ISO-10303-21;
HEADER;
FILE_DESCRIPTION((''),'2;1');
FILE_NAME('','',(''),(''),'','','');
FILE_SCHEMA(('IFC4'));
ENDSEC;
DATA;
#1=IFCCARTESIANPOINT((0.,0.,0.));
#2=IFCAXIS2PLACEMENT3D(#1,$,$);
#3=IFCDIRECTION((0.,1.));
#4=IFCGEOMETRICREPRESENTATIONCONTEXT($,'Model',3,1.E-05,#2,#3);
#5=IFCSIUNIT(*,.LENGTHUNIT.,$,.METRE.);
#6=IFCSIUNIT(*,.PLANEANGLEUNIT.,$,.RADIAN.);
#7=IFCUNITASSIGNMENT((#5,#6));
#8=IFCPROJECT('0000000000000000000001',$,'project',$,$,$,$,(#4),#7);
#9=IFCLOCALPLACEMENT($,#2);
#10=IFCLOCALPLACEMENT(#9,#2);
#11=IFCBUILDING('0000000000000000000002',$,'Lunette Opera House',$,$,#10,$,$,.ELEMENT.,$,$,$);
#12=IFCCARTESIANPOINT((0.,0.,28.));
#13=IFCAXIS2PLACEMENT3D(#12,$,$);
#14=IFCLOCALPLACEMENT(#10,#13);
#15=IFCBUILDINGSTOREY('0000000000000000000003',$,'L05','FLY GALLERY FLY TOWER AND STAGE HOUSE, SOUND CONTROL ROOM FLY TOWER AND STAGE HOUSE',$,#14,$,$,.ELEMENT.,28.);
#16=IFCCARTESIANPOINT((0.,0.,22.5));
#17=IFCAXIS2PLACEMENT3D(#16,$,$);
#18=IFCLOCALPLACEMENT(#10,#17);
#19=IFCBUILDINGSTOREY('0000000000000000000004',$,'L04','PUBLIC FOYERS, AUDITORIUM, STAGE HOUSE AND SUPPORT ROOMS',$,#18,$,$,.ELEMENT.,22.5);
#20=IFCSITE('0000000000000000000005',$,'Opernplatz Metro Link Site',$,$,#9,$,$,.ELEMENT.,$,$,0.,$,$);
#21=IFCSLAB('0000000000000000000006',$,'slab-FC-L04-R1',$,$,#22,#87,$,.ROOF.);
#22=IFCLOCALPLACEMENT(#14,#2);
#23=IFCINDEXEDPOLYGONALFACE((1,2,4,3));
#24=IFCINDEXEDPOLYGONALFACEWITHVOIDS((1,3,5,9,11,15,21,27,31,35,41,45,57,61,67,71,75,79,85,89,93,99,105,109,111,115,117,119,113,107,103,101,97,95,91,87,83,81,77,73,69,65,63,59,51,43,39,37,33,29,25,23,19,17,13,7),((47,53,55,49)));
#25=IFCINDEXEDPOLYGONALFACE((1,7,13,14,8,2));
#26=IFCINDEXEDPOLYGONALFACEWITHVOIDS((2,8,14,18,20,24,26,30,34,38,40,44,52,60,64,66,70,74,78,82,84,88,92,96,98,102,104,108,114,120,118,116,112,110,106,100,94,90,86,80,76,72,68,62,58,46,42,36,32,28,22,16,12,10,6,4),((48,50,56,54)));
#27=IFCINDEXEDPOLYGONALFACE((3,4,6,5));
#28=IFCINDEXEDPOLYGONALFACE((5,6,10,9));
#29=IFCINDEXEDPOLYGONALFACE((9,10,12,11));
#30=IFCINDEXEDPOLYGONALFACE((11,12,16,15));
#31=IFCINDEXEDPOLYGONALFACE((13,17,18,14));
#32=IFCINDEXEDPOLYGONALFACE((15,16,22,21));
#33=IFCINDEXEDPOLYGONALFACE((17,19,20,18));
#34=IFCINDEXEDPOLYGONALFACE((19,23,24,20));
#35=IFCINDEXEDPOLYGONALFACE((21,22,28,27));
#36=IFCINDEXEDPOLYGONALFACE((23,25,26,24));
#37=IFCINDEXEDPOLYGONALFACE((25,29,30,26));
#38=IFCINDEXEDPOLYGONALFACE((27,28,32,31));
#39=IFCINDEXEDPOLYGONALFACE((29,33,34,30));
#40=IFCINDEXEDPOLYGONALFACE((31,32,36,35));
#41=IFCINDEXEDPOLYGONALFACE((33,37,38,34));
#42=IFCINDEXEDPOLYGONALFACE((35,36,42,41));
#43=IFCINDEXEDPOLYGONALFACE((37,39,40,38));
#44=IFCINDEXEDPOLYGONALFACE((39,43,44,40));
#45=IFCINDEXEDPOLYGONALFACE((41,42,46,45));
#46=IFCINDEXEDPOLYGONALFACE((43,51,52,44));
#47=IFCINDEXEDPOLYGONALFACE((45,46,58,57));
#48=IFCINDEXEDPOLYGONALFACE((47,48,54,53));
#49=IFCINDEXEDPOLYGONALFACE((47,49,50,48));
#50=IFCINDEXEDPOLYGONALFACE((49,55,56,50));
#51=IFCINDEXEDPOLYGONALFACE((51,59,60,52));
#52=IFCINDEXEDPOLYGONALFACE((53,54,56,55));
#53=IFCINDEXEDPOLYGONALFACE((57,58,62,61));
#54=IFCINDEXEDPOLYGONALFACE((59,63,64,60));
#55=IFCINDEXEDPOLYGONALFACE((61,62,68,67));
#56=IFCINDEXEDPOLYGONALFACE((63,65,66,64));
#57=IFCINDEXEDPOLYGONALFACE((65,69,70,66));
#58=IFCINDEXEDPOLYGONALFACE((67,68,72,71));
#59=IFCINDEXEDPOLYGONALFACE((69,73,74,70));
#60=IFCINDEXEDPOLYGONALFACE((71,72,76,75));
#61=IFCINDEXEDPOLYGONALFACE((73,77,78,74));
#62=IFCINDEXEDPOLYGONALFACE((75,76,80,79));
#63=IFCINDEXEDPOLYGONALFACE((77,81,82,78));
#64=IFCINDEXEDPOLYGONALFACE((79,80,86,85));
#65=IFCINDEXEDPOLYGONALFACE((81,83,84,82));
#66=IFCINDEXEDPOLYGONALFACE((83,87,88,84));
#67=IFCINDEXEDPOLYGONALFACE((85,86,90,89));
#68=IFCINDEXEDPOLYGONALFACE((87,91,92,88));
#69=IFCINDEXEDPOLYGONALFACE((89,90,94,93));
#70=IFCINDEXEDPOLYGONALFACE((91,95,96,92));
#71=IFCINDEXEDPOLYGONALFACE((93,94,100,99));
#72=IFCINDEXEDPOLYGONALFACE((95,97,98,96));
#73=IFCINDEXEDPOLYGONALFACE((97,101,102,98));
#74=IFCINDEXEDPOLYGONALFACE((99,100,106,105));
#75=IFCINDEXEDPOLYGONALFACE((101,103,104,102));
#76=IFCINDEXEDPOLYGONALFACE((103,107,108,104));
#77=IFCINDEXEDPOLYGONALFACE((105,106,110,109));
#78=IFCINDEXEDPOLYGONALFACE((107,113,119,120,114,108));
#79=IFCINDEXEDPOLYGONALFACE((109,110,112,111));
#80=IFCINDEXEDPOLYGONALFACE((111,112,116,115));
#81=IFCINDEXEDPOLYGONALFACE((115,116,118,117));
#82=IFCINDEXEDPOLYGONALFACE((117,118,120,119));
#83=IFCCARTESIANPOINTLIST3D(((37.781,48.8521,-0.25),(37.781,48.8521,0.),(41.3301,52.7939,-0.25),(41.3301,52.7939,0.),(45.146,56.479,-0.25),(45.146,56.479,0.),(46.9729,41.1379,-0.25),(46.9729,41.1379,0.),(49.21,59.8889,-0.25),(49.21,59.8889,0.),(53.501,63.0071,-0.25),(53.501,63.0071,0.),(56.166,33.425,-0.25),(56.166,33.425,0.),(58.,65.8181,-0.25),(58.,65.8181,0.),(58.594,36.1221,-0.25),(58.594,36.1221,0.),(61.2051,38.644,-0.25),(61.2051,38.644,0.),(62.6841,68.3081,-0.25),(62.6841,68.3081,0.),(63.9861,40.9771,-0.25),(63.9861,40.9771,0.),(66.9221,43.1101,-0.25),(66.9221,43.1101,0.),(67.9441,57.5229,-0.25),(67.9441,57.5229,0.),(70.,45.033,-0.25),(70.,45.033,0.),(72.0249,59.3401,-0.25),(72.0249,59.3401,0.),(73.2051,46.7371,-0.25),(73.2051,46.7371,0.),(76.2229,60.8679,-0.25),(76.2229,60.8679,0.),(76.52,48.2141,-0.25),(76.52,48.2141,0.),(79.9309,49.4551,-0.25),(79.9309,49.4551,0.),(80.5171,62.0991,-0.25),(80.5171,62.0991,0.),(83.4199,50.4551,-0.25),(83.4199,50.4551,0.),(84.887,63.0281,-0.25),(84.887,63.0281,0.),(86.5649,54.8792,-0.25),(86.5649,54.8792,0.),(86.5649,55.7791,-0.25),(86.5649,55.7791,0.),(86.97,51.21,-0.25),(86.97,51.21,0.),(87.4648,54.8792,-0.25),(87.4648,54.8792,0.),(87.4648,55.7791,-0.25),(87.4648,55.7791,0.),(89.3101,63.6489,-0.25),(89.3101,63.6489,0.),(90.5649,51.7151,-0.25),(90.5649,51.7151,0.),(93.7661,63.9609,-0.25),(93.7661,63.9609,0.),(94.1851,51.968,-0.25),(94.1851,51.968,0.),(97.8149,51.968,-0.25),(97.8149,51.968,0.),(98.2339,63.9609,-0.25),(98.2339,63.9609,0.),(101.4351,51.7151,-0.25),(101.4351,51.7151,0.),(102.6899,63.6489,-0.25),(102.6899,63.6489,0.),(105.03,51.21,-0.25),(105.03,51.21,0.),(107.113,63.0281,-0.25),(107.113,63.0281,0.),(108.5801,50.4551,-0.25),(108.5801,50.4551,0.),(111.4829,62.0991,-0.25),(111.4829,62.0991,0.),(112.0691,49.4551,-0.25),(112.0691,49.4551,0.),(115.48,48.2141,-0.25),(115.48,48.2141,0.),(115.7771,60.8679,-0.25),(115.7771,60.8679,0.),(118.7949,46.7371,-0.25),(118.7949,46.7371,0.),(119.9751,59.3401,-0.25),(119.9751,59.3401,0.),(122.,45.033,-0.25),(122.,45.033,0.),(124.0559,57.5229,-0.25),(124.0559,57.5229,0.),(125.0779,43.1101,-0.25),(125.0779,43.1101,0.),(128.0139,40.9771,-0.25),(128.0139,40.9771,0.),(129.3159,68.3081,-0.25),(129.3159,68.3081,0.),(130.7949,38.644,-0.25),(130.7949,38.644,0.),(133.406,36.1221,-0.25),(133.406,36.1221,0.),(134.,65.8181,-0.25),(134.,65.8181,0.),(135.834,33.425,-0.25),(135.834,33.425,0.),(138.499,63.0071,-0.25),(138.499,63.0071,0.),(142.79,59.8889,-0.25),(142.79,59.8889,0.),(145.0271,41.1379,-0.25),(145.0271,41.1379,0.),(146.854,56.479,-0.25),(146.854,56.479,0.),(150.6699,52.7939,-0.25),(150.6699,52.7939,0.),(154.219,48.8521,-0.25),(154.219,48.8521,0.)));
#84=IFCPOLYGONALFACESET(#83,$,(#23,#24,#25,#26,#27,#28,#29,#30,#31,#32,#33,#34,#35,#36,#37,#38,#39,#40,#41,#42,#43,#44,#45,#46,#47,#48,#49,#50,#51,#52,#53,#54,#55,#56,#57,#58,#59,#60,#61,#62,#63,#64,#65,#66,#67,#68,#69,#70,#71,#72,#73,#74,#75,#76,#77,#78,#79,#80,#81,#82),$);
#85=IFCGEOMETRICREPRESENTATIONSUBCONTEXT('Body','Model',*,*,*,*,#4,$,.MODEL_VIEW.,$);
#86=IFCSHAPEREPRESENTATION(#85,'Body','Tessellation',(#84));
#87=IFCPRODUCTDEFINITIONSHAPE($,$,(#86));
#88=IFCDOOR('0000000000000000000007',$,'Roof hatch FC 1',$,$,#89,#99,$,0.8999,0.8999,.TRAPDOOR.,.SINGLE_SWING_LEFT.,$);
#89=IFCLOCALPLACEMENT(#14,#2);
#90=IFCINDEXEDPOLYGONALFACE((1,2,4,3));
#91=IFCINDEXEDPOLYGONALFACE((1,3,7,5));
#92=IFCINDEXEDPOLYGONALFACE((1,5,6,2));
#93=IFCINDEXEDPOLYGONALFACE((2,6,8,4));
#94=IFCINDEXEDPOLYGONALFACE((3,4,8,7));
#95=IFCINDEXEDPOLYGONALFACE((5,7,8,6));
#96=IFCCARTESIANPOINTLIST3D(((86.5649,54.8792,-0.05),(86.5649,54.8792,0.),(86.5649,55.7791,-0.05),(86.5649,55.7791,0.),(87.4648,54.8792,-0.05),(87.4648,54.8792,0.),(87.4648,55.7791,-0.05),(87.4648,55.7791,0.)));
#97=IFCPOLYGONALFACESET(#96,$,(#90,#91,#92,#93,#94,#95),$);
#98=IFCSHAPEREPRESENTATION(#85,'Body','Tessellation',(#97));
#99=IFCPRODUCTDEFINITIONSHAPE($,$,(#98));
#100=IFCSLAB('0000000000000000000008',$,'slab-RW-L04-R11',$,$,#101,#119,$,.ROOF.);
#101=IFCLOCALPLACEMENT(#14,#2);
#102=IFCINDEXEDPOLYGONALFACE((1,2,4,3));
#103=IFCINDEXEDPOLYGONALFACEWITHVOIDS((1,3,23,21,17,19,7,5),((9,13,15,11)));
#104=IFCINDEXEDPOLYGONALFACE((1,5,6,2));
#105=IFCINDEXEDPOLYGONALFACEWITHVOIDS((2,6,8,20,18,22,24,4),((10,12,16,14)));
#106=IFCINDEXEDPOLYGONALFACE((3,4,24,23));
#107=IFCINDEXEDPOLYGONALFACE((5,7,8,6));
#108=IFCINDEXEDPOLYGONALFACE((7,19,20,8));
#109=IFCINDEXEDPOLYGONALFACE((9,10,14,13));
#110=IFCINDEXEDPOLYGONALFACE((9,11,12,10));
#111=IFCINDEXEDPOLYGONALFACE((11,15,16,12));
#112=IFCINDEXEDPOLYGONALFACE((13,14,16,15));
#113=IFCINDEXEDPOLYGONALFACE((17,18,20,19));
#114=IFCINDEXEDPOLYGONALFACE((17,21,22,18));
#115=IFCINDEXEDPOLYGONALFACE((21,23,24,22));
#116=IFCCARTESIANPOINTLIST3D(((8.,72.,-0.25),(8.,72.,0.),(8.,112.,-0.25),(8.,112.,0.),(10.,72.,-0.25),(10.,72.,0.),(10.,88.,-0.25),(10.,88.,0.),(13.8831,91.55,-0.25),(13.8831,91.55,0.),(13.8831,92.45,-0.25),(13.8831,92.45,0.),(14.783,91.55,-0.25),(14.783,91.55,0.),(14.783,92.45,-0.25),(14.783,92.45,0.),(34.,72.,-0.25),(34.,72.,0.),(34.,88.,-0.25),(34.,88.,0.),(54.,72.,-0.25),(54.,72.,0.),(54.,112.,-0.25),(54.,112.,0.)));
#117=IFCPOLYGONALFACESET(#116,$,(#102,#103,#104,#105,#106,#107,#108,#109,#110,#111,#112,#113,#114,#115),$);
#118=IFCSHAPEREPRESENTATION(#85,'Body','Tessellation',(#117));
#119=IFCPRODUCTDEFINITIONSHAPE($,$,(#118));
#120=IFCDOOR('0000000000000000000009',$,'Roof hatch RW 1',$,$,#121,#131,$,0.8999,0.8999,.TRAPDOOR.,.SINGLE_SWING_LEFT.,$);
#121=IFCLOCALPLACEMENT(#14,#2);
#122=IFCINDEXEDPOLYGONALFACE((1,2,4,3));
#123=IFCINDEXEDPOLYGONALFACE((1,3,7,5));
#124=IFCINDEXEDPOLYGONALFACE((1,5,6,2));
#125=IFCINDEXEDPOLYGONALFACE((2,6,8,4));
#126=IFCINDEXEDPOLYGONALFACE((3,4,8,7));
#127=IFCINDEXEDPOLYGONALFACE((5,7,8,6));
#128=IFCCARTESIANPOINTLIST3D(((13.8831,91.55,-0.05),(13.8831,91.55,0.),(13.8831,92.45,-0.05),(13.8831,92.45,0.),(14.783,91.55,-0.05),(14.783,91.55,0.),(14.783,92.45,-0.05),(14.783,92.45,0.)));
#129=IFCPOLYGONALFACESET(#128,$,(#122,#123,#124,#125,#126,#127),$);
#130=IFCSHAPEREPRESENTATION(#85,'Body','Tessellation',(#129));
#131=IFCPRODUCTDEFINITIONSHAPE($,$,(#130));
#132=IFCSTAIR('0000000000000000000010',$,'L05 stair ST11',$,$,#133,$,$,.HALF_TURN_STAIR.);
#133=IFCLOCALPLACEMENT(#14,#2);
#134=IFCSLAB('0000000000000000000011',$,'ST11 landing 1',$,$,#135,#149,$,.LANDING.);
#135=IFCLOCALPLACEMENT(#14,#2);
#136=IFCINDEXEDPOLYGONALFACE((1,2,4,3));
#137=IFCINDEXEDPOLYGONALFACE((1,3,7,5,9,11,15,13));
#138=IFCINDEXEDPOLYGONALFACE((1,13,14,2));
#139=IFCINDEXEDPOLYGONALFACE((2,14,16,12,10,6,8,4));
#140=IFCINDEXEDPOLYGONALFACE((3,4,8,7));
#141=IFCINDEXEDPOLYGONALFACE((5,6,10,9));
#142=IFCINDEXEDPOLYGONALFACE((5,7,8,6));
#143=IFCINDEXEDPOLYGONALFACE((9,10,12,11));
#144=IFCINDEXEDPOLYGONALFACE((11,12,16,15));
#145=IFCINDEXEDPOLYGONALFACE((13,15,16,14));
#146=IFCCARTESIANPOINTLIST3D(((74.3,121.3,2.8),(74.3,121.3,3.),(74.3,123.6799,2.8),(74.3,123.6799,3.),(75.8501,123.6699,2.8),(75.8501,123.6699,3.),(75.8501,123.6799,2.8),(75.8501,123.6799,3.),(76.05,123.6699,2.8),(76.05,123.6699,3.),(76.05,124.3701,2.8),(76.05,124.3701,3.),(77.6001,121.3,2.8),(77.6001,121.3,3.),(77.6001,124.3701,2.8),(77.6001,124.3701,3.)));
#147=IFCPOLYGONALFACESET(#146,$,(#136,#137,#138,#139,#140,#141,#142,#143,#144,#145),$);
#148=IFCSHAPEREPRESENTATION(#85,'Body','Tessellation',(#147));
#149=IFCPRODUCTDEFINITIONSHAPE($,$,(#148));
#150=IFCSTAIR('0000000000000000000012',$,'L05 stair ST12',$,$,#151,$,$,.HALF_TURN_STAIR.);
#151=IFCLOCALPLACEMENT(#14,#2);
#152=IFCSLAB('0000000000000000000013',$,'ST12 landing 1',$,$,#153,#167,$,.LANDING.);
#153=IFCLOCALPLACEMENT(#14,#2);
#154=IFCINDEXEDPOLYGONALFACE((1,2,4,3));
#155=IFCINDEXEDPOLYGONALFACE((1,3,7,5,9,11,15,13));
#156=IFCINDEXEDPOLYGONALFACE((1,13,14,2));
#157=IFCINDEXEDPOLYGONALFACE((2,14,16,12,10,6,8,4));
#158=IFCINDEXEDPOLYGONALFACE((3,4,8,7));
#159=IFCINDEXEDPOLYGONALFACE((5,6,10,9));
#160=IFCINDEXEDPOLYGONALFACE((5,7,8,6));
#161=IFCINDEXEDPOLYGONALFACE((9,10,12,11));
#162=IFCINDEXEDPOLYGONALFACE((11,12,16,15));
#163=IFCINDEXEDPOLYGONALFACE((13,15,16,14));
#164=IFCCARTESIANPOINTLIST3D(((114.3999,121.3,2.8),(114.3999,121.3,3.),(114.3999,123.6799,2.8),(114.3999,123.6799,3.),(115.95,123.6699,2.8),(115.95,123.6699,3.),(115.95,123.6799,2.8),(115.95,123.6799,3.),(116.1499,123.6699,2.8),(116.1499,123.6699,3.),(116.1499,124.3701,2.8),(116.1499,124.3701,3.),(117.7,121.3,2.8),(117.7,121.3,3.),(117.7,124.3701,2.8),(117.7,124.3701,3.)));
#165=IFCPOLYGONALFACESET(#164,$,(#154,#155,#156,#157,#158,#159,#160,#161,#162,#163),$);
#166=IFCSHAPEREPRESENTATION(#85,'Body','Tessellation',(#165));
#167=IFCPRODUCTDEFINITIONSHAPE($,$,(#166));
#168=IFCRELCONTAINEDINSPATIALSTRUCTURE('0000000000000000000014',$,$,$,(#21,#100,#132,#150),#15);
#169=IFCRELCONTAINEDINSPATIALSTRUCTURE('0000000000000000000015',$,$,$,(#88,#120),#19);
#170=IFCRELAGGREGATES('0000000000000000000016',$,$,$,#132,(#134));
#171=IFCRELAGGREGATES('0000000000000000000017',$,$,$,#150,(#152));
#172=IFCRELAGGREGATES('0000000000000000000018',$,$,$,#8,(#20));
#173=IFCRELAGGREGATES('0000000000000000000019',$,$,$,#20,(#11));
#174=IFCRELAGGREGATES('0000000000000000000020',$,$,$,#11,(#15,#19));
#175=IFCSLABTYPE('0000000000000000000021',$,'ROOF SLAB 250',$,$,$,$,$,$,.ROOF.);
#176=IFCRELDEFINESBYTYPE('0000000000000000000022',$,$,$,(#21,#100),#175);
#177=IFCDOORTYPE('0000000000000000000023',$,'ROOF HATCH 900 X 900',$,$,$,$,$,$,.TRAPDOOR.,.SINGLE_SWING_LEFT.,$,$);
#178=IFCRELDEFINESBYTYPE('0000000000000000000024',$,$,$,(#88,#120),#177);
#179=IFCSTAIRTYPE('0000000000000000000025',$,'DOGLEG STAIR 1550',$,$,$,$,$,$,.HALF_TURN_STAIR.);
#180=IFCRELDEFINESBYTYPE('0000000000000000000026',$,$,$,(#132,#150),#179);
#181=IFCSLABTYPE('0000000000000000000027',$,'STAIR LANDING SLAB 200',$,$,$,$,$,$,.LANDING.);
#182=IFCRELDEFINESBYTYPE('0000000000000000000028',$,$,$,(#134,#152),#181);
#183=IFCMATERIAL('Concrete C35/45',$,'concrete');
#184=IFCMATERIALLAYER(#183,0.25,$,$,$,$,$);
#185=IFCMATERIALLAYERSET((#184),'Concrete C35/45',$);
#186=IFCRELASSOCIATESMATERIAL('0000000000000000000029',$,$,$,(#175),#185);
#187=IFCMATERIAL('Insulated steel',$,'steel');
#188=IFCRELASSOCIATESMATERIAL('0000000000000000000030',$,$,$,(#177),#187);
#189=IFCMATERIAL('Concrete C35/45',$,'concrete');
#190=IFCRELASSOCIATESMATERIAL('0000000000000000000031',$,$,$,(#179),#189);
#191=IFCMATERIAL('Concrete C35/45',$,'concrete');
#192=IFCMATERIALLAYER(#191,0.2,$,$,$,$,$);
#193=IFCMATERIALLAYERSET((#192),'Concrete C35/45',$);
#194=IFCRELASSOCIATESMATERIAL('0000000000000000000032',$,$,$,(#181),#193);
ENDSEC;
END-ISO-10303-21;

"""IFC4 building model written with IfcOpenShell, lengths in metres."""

from ifc_helpers import new_model, si_unit, direction, frame, origin, origin_2d, place, context, subcontext, project, spatial, polyline, rectangle, outline, extrude, material, layer, layer_set, type_object, element, fill, aggregate, save


model = new_model("IFC4")

# Units and contexts
model_context = context("Model", 3, precision=1e-05, world=origin(), true_north=direction((0.0, 1.0)))
body_context = subcontext(model_context, "Body", "Model", "MODEL_VIEW")
ifc_project = project(units=[si_unit("LENGTHUNIT", "METRE"), si_unit("PLANEANGLEUNIT", "RADIAN")], contexts=[model_context])

# Site, building, storey
site_placement = place(None, origin())
site = spatial("IfcSite", under=ifc_project, at=site_placement, Name="Opernplatz Metro Link Site", CompositionType="ELEMENT", RefElevation=0.0)
building_placement = place(site_placement, origin())
building = spatial("IfcBuilding", under=site, at=building_placement, Name="Lunette Opera House", CompositionType="ELEMENT")
storey_1_placement = place(building_placement, frame((0.0, 0.0, 28.0)))
storey_1 = spatial("IfcBuildingStorey", under=building, at=storey_1_placement, Name="L05", Description="FLY GALLERY FLY TOWER AND STAGE HOUSE, SOUND CONTROL ROOM FLY TOWER AND STAGE HOUSE", CompositionType="ELEMENT", Elevation=28.0)

# Slab, opening
ifc_material_1 = material(Name="Concrete C35/45", Category="concrete")
ifc_layer_1 = layer(ifc_material_1, 0.25)
ifc_layer_set_1 = layer_set([ifc_layer_1], Name="Concrete C35/45")
slab_type_1 = type_object("IfcSlabType", Name="ROOF SLAB 250", PredefinedType="ROOF", material=ifc_layer_set_1)
slab_1_placement = place(storey_1_placement, frame((0.0, 0.0, -0.25)))
slab_1 = element("IfcSlab", 1, at=slab_1_placement, inside=storey_1, type_object=slab_type_1, Name="slab-FC-L04-R1", PredefinedType="ROOF", context=body_context, shape_type="SweptSolid", body=[
    extrude(outline(polyline([(76.2229, 60.8679), (72.0249, 59.3401), (67.9441, 57.5229), (62.6841, 68.3081), (58.0, 65.8181), (53.501, 63.0071), (49.21, 59.8889), (45.146, 56.479), (41.3301, 52.7939), (37.781, 48.8521), (46.9729, 41.1379), (56.166, 33.425), (58.594, 36.1221), (61.2051, 38.644), (63.9861, 40.9771), (66.9221, 43.1101), (70.0, 45.033), (73.2051, 46.7371), (76.52, 48.2141), (79.9309, 49.4551), (83.4199, 50.4551), (86.97, 51.21), (90.5649, 51.7151), (94.1851, 51.968), (97.8149, 51.968), (101.4351, 51.7151), (105.03, 51.21), (108.5801, 50.4551), (112.0691, 49.4551), (115.48, 48.2141), (118.7949, 46.7371), (122.0, 45.033), (125.0779, 43.1101), (128.0139, 40.9771), (130.7949, 38.644), (133.406, 36.1221), (135.834, 33.425), (145.0271, 41.1379), (154.219, 48.8521), (150.6699, 52.7939), (146.854, 56.479), (142.79, 59.8889), (138.499, 63.0071), (134.0, 65.8181), (129.3159, 68.3081), (124.0559, 57.5229), (119.9751, 59.3401), (115.7771, 60.8679), (111.4829, 62.0991), (107.113, 63.0281), (102.6899, 63.6489), (98.2339, 63.9609), (93.7661, 63.9609), (89.3101, 63.6489), (84.887, 63.0281), (80.5171, 62.0991), (76.2229, 60.8679)])), origin(), (0.0, 0.0, 1.0), 0.25),
])
opening_1_placement = place(slab_1_placement, frame((87.0149, 55.3291, 0.0)))
opening_1 = element("IfcOpeningElement", 2, at=opening_1_placement, cuts=slab_1, PredefinedType="OPENING", context=body_context, shape_type="SweptSolid", body=[
    extrude(rectangle(XDim=0.8999, YDim=0.8999, at=origin_2d()), origin(), (0.0, 0.0, 1.0), 0.25),
])

# Shared definitions
storey_2_placement = place(building_placement, frame((0.0, 0.0, 22.5)))
storey_2 = spatial("IfcBuildingStorey", under=building, at=storey_2_placement, Name="L04", Description="PUBLIC FOYERS, AUDITORIUM, STAGE HOUSE AND SUPPORT ROOMS", CompositionType="ELEMENT", Elevation=22.5)

# Door
ifc_material_2 = material(Name="Insulated steel", Category="steel")
door_type = type_object("IfcDoorType", Name="ROOF HATCH 900 X 900", OperationType="SINGLE_SWING_LEFT", PredefinedType="TRAPDOOR", material=ifc_material_2)
door_1_placement = place(opening_1_placement, frame((0.0, 0.0, 0.2)))
door_1 = element("IfcDoor", 3, at=door_1_placement, inside=storey_2, type_object=door_type, Name="Roof hatch FC 1", OperationType="SINGLE_SWING_LEFT", OverallHeight=0.8999, OverallWidth=0.8999, PredefinedType="TRAPDOOR", context=body_context, shape_type="SweptSolid", body=[
    extrude(rectangle(XDim=0.8999, YDim=0.8999, at=origin_2d()), origin(), (0.0, 0.0, 1.0), 0.05),
])
fill(opening_1, door_1)

# Slab, opening, door
slab_2_placement = place(storey_1_placement, frame((0.0, 0.0, -0.25)))
slab_2 = element("IfcSlab", 4, at=slab_2_placement, inside=storey_1, type_object=slab_type_1, Name="slab-RW-L04-R11", PredefinedType="ROOF", context=body_context, shape_type="SweptSolid", body=[
    extrude(outline(polyline([(8.0, 72.0), (10.0, 72.0), (10.0, 88.0), (34.0, 88.0), (34.0, 72.0), (54.0, 72.0), (54.0, 112.0), (8.0, 112.0), (8.0, 72.0)])), origin(), (0.0, 0.0, 1.0), 0.25),
])
opening_2_placement = place(slab_2_placement, frame((14.333, 92.0, 0.0)))
opening_2 = element("IfcOpeningElement", 5, at=opening_2_placement, cuts=slab_2, PredefinedType="OPENING", context=body_context, shape_type="SweptSolid", body=[
    extrude(rectangle(XDim=0.8999, YDim=0.8999, at=origin_2d()), origin(), (0.0, 0.0, 1.0), 0.25),
])
door_2_placement = place(opening_2_placement, frame((0.0, 0.0, 0.2)))
door_2 = element("IfcDoor", 6, at=door_2_placement, inside=storey_2, type_object=door_type, Name="Roof hatch RW 1", OperationType="SINGLE_SWING_LEFT", OverallHeight=0.8999, OverallWidth=0.8999, PredefinedType="TRAPDOOR", context=body_context, shape_type="SweptSolid", body=[
    extrude(rectangle(XDim=0.8999, YDim=0.8999, at=origin_2d()), origin(), (0.0, 0.0, 1.0), 0.05),
])
fill(opening_2, door_2)

# Stairs, slabs
ifc_material_3 = material(Name="Concrete C35/45", Category="concrete")
stair_type = type_object("IfcStairType", Name="DOGLEG STAIR 1550", PredefinedType="HALF_TURN_STAIR", material=ifc_material_3)
stair_1_placement = place(storey_1_placement, origin())
stair_1 = element("IfcStair", 7, at=stair_1_placement, inside=storey_1, type_object=stair_type, Name="L05 stair ST11", PredefinedType="HALF_TURN_STAIR")
ifc_material_4 = material(Name="Concrete C35/45", Category="concrete")
ifc_layer_2 = layer(ifc_material_4, 0.2)
ifc_layer_set_2 = layer_set([ifc_layer_2], Name="Concrete C35/45")
slab_type_2 = type_object("IfcSlabType", Name="STAIR LANDING SLAB 200", PredefinedType="LANDING", material=ifc_layer_set_2)
slab_3_placement = place(storey_1_placement, frame((0.0, 0.0, 2.8)))
slab_3 = element("IfcSlab", 8, at=slab_3_placement, type_object=slab_type_2, Name="ST11 landing 1", PredefinedType="LANDING", context=body_context, shape_type="SweptSolid", body=[
    extrude(outline(polyline([(74.3, 121.3), (74.3, 123.6799), (75.8501, 123.6799), (75.8501, 123.6699), (76.05, 123.6699), (76.05, 124.3701), (77.6001, 124.3701), (77.6001, 121.3), (74.3, 121.3)])), origin(), (0.0, 0.0, 1.0), 0.2),
])
aggregate(stair_1, [slab_3])
stair_2_placement = place(storey_1_placement, origin())
stair_2 = element("IfcStair", 9, at=stair_2_placement, inside=storey_1, type_object=stair_type, Name="L05 stair ST12", PredefinedType="HALF_TURN_STAIR")
slab_4_placement = place(storey_1_placement, frame((0.0, 0.0, 2.8)))
slab_4 = element("IfcSlab", 10, at=slab_4_placement, type_object=slab_type_2, Name="ST12 landing 1", PredefinedType="LANDING", context=body_context, shape_type="SweptSolid", body=[
    extrude(outline(polyline([(114.3999, 121.3), (114.3999, 123.6799), (115.95, 123.6799), (115.95, 123.6699), (116.1499, 123.6699), (116.1499, 124.3701), (117.7, 124.3701), (117.7, 121.3), (114.3999, 121.3)])), origin(), (0.0, 0.0, 1.0), 0.2),
])
aggregate(stair_2, [slab_4])

save(model, "model.ifc")
